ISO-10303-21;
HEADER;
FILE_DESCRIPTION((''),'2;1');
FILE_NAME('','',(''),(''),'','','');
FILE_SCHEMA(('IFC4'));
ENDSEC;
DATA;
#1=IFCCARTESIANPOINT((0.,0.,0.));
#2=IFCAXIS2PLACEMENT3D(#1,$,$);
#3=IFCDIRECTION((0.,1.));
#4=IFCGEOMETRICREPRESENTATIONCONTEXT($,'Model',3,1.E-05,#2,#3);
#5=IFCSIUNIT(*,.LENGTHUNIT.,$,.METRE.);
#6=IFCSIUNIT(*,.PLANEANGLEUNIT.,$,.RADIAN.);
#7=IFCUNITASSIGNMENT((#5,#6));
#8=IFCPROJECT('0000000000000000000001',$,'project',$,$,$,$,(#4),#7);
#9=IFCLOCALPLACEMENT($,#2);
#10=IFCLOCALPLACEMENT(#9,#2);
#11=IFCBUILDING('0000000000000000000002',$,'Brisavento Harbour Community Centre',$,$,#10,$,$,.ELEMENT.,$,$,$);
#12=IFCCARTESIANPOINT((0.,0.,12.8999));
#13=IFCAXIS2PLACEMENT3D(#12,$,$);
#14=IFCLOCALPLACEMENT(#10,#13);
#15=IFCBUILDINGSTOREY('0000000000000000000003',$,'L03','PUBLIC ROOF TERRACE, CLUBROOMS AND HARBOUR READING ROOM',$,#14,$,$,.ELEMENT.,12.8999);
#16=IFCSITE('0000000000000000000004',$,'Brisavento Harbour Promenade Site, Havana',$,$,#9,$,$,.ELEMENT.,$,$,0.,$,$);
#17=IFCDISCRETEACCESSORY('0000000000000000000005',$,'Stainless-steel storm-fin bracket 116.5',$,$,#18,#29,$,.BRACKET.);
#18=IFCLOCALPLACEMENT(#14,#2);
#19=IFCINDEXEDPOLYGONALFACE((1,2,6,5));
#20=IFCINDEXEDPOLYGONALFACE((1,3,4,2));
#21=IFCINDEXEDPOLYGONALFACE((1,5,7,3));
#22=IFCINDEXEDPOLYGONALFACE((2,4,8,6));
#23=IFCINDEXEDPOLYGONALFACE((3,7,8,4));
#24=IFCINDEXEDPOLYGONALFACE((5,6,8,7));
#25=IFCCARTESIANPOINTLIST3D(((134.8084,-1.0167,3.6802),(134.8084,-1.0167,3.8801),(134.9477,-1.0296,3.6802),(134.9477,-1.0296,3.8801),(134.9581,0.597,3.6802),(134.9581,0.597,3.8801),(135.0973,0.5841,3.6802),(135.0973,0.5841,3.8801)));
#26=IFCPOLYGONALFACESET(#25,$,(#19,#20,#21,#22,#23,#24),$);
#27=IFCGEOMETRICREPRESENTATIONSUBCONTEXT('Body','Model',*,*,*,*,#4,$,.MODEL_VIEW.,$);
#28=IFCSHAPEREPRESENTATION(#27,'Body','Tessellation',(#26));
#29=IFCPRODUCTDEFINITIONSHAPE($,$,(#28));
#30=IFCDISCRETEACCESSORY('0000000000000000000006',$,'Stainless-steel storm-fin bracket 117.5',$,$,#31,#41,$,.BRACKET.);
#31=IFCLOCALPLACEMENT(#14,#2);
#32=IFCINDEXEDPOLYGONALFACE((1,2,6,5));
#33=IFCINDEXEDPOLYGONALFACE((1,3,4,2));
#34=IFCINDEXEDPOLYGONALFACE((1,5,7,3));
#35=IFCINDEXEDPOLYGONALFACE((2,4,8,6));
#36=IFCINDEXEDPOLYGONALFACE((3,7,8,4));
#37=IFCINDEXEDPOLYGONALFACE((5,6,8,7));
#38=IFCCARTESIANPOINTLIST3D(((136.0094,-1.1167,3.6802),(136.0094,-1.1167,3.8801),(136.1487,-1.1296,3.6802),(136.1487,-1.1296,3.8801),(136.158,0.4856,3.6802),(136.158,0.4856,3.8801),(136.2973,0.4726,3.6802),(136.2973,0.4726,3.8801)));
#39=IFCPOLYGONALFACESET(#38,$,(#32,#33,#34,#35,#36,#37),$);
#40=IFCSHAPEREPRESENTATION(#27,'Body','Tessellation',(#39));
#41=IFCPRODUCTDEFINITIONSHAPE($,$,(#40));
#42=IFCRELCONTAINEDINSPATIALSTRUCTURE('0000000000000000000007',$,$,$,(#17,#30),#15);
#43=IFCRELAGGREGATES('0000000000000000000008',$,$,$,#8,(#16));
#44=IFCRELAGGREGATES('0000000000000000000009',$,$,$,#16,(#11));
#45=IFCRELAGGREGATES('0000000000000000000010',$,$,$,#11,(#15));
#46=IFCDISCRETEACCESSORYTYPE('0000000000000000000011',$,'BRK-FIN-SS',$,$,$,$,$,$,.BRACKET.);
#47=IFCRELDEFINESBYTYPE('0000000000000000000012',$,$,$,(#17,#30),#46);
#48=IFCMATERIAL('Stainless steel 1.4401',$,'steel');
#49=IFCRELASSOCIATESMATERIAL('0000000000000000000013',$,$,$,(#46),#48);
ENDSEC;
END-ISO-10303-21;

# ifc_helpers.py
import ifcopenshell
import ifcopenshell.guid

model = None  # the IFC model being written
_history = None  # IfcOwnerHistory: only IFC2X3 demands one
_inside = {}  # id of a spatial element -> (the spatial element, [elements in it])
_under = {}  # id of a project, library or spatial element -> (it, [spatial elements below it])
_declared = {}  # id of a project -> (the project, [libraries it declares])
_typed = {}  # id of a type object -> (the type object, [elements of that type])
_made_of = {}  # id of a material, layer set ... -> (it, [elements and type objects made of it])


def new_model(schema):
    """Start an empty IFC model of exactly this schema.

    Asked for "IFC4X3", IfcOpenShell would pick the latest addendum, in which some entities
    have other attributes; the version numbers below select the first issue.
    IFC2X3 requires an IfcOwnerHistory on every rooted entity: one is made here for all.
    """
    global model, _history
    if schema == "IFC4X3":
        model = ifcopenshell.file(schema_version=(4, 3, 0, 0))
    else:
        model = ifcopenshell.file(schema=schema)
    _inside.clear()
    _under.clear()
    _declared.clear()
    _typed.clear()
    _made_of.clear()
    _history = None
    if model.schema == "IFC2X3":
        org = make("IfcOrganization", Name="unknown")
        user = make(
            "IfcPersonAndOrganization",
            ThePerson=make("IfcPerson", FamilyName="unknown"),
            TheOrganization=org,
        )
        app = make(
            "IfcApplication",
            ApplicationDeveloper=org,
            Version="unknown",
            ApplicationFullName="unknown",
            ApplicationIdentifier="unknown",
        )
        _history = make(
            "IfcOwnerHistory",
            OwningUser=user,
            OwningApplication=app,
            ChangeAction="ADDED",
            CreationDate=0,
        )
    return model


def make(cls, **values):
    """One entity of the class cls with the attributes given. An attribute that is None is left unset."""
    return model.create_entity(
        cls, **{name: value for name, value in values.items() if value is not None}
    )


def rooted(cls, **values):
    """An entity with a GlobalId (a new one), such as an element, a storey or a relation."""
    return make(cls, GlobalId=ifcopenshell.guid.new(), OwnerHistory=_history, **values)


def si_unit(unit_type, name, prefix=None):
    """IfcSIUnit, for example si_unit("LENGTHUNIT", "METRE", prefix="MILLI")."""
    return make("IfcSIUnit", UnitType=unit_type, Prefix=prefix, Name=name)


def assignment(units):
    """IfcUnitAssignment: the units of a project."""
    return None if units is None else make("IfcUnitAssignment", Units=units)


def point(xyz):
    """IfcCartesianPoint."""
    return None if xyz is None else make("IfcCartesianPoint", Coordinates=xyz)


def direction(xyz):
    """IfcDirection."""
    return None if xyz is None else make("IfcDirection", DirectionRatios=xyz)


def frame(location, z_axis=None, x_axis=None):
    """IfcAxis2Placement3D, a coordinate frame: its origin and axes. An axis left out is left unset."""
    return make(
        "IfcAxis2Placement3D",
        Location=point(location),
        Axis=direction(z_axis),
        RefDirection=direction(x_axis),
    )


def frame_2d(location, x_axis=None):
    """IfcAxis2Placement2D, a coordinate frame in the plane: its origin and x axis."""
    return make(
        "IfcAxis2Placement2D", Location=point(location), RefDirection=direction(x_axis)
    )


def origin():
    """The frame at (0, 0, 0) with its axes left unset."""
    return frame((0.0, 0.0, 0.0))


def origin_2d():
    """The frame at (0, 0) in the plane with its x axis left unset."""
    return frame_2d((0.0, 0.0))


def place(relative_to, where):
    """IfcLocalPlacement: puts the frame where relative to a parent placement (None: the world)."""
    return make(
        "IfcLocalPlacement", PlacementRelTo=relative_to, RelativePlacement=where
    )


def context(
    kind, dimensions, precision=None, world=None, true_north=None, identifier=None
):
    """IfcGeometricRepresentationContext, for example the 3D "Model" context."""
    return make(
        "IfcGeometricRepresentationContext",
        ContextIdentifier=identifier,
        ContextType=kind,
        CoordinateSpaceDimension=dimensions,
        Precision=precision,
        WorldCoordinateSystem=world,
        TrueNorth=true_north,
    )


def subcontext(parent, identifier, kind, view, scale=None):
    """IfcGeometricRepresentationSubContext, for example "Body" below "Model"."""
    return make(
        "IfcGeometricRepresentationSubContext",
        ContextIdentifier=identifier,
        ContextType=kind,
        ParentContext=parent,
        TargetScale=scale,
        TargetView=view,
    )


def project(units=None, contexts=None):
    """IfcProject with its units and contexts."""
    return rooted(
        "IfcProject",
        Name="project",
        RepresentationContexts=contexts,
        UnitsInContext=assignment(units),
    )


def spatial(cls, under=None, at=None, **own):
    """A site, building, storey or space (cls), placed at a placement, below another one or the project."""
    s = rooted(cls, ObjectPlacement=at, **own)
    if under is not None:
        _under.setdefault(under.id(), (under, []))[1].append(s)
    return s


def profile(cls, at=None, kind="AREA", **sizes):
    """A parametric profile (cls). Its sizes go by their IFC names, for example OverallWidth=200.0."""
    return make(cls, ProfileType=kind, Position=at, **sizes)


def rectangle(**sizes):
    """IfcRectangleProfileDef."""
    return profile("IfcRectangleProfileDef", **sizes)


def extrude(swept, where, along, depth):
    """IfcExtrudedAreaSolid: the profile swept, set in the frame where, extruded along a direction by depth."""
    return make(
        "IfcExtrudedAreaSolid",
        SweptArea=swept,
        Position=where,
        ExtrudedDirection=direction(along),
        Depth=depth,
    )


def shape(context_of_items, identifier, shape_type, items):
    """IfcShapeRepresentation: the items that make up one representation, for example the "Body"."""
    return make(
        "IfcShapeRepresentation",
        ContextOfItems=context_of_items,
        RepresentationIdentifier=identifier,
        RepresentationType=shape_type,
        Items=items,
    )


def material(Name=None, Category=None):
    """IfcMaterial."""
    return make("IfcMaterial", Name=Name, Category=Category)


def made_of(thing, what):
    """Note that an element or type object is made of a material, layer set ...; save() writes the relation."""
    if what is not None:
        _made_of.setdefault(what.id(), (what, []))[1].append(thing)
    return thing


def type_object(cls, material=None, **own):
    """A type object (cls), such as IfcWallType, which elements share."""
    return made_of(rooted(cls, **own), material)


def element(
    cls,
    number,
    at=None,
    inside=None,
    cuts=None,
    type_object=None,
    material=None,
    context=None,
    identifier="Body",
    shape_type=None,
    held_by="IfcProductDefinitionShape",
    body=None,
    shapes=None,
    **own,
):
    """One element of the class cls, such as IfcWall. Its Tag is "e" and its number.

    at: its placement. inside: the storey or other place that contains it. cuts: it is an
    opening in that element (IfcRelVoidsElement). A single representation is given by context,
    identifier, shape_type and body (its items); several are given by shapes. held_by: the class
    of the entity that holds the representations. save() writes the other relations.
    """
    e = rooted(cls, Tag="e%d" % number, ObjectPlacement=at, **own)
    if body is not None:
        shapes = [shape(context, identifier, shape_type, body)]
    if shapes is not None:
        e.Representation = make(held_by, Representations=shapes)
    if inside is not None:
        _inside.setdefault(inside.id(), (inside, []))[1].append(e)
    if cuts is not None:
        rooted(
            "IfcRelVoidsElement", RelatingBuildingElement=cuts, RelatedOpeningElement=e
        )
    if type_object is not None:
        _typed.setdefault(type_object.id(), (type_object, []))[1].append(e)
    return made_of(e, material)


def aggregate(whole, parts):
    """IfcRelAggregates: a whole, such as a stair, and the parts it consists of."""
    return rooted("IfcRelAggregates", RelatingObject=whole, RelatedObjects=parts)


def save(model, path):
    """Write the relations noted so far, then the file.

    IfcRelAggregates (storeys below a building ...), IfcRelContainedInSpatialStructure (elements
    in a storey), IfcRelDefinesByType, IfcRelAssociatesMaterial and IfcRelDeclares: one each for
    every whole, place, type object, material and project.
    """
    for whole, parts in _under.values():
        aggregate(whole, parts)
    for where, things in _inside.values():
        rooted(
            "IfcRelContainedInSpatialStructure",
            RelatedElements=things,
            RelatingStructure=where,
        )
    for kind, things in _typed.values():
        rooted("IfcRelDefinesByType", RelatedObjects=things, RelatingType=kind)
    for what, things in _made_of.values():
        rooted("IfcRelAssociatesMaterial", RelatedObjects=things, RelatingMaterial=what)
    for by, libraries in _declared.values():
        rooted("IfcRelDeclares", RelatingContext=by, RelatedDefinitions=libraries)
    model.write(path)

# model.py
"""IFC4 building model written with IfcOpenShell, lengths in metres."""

from ifc_helpers import new_model, si_unit, direction, frame, origin, origin_2d, place, context, subcontext, project, spatial, rectangle, extrude, material, type_object, element, save


model = new_model("IFC4")

# Units and contexts
model_context = context("Model", 3, precision=1e-05, world=origin(), true_north=direction((0.0, 1.0)))
body_context = subcontext(model_context, "Body", "Model", "MODEL_VIEW")
ifc_project = project(units=[si_unit("LENGTHUNIT", "METRE"), si_unit("PLANEANGLEUNIT", "RADIAN")], contexts=[model_context])

# Site, building, storey
site_placement = place(None, origin())
site = spatial("IfcSite", under=ifc_project, at=site_placement, Name="Brisavento Harbour Promenade Site, Havana", CompositionType="ELEMENT", RefElevation=0.0)
building_placement = place(site_placement, origin())
building = spatial("IfcBuilding", under=site, at=building_placement, Name="Brisavento Harbour Community Centre", CompositionType="ELEMENT")
storey_placement = place(building_placement, frame((0.0, 0.0, 12.8999)))
storey = spatial("IfcBuildingStorey", under=building, at=storey_placement, Name="L03", Description="PUBLIC ROOF TERRACE, CLUBROOMS AND HARBOUR READING ROOM", CompositionType="ELEMENT", Elevation=12.8999)

# Discrete accessories
ifc_material_1 = material(Name="Stainless steel 1.4401", Category="steel")
discrete_accessory_type = type_object("IfcDiscreteAccessoryType", Name="BRK-FIN-SS", PredefinedType="BRACKET", material=ifc_material_1)
discrete_accessory_1_placement = place(storey_placement, frame((134.9529, -0.2163, 3.6802), z_axis=(0.0, 0.0, 1.0), x_axis=(-0.092336, -0.995728, 0.0)))
element("IfcDiscreteAccessory", 1, at=discrete_accessory_1_placement, inside=storey, type_object=discrete_accessory_type, Name="Stainless-steel storm-fin bracket 116.5", PredefinedType="BRACKET", context=body_context, shape_type="SweptSolid", body=[
    extrude(rectangle(XDim=1.6206, YDim=0.1399, at=origin_2d()), origin(), (0.0, 0.0, 1.0), 0.2),
])
discrete_accessory_2_placement = place(storey_placement, frame((136.1533, -0.322, 3.6802), z_axis=(0.0, 0.0, 1.0), x_axis=(-0.092336, -0.995728, 0.0)))
element("IfcDiscreteAccessory", 2, at=discrete_accessory_2_placement, inside=storey, type_object=discrete_accessory_type, Name="Stainless-steel storm-fin bracket 117.5", PredefinedType="BRACKET", context=body_context, shape_type="SweptSolid", body=[
    extrude(rectangle(XDim=1.6091, YDim=0.1399, at=origin_2d()), origin(), (0.0, 0.0, 1.0), 0.2),
])

save(model, "model.ifc")
